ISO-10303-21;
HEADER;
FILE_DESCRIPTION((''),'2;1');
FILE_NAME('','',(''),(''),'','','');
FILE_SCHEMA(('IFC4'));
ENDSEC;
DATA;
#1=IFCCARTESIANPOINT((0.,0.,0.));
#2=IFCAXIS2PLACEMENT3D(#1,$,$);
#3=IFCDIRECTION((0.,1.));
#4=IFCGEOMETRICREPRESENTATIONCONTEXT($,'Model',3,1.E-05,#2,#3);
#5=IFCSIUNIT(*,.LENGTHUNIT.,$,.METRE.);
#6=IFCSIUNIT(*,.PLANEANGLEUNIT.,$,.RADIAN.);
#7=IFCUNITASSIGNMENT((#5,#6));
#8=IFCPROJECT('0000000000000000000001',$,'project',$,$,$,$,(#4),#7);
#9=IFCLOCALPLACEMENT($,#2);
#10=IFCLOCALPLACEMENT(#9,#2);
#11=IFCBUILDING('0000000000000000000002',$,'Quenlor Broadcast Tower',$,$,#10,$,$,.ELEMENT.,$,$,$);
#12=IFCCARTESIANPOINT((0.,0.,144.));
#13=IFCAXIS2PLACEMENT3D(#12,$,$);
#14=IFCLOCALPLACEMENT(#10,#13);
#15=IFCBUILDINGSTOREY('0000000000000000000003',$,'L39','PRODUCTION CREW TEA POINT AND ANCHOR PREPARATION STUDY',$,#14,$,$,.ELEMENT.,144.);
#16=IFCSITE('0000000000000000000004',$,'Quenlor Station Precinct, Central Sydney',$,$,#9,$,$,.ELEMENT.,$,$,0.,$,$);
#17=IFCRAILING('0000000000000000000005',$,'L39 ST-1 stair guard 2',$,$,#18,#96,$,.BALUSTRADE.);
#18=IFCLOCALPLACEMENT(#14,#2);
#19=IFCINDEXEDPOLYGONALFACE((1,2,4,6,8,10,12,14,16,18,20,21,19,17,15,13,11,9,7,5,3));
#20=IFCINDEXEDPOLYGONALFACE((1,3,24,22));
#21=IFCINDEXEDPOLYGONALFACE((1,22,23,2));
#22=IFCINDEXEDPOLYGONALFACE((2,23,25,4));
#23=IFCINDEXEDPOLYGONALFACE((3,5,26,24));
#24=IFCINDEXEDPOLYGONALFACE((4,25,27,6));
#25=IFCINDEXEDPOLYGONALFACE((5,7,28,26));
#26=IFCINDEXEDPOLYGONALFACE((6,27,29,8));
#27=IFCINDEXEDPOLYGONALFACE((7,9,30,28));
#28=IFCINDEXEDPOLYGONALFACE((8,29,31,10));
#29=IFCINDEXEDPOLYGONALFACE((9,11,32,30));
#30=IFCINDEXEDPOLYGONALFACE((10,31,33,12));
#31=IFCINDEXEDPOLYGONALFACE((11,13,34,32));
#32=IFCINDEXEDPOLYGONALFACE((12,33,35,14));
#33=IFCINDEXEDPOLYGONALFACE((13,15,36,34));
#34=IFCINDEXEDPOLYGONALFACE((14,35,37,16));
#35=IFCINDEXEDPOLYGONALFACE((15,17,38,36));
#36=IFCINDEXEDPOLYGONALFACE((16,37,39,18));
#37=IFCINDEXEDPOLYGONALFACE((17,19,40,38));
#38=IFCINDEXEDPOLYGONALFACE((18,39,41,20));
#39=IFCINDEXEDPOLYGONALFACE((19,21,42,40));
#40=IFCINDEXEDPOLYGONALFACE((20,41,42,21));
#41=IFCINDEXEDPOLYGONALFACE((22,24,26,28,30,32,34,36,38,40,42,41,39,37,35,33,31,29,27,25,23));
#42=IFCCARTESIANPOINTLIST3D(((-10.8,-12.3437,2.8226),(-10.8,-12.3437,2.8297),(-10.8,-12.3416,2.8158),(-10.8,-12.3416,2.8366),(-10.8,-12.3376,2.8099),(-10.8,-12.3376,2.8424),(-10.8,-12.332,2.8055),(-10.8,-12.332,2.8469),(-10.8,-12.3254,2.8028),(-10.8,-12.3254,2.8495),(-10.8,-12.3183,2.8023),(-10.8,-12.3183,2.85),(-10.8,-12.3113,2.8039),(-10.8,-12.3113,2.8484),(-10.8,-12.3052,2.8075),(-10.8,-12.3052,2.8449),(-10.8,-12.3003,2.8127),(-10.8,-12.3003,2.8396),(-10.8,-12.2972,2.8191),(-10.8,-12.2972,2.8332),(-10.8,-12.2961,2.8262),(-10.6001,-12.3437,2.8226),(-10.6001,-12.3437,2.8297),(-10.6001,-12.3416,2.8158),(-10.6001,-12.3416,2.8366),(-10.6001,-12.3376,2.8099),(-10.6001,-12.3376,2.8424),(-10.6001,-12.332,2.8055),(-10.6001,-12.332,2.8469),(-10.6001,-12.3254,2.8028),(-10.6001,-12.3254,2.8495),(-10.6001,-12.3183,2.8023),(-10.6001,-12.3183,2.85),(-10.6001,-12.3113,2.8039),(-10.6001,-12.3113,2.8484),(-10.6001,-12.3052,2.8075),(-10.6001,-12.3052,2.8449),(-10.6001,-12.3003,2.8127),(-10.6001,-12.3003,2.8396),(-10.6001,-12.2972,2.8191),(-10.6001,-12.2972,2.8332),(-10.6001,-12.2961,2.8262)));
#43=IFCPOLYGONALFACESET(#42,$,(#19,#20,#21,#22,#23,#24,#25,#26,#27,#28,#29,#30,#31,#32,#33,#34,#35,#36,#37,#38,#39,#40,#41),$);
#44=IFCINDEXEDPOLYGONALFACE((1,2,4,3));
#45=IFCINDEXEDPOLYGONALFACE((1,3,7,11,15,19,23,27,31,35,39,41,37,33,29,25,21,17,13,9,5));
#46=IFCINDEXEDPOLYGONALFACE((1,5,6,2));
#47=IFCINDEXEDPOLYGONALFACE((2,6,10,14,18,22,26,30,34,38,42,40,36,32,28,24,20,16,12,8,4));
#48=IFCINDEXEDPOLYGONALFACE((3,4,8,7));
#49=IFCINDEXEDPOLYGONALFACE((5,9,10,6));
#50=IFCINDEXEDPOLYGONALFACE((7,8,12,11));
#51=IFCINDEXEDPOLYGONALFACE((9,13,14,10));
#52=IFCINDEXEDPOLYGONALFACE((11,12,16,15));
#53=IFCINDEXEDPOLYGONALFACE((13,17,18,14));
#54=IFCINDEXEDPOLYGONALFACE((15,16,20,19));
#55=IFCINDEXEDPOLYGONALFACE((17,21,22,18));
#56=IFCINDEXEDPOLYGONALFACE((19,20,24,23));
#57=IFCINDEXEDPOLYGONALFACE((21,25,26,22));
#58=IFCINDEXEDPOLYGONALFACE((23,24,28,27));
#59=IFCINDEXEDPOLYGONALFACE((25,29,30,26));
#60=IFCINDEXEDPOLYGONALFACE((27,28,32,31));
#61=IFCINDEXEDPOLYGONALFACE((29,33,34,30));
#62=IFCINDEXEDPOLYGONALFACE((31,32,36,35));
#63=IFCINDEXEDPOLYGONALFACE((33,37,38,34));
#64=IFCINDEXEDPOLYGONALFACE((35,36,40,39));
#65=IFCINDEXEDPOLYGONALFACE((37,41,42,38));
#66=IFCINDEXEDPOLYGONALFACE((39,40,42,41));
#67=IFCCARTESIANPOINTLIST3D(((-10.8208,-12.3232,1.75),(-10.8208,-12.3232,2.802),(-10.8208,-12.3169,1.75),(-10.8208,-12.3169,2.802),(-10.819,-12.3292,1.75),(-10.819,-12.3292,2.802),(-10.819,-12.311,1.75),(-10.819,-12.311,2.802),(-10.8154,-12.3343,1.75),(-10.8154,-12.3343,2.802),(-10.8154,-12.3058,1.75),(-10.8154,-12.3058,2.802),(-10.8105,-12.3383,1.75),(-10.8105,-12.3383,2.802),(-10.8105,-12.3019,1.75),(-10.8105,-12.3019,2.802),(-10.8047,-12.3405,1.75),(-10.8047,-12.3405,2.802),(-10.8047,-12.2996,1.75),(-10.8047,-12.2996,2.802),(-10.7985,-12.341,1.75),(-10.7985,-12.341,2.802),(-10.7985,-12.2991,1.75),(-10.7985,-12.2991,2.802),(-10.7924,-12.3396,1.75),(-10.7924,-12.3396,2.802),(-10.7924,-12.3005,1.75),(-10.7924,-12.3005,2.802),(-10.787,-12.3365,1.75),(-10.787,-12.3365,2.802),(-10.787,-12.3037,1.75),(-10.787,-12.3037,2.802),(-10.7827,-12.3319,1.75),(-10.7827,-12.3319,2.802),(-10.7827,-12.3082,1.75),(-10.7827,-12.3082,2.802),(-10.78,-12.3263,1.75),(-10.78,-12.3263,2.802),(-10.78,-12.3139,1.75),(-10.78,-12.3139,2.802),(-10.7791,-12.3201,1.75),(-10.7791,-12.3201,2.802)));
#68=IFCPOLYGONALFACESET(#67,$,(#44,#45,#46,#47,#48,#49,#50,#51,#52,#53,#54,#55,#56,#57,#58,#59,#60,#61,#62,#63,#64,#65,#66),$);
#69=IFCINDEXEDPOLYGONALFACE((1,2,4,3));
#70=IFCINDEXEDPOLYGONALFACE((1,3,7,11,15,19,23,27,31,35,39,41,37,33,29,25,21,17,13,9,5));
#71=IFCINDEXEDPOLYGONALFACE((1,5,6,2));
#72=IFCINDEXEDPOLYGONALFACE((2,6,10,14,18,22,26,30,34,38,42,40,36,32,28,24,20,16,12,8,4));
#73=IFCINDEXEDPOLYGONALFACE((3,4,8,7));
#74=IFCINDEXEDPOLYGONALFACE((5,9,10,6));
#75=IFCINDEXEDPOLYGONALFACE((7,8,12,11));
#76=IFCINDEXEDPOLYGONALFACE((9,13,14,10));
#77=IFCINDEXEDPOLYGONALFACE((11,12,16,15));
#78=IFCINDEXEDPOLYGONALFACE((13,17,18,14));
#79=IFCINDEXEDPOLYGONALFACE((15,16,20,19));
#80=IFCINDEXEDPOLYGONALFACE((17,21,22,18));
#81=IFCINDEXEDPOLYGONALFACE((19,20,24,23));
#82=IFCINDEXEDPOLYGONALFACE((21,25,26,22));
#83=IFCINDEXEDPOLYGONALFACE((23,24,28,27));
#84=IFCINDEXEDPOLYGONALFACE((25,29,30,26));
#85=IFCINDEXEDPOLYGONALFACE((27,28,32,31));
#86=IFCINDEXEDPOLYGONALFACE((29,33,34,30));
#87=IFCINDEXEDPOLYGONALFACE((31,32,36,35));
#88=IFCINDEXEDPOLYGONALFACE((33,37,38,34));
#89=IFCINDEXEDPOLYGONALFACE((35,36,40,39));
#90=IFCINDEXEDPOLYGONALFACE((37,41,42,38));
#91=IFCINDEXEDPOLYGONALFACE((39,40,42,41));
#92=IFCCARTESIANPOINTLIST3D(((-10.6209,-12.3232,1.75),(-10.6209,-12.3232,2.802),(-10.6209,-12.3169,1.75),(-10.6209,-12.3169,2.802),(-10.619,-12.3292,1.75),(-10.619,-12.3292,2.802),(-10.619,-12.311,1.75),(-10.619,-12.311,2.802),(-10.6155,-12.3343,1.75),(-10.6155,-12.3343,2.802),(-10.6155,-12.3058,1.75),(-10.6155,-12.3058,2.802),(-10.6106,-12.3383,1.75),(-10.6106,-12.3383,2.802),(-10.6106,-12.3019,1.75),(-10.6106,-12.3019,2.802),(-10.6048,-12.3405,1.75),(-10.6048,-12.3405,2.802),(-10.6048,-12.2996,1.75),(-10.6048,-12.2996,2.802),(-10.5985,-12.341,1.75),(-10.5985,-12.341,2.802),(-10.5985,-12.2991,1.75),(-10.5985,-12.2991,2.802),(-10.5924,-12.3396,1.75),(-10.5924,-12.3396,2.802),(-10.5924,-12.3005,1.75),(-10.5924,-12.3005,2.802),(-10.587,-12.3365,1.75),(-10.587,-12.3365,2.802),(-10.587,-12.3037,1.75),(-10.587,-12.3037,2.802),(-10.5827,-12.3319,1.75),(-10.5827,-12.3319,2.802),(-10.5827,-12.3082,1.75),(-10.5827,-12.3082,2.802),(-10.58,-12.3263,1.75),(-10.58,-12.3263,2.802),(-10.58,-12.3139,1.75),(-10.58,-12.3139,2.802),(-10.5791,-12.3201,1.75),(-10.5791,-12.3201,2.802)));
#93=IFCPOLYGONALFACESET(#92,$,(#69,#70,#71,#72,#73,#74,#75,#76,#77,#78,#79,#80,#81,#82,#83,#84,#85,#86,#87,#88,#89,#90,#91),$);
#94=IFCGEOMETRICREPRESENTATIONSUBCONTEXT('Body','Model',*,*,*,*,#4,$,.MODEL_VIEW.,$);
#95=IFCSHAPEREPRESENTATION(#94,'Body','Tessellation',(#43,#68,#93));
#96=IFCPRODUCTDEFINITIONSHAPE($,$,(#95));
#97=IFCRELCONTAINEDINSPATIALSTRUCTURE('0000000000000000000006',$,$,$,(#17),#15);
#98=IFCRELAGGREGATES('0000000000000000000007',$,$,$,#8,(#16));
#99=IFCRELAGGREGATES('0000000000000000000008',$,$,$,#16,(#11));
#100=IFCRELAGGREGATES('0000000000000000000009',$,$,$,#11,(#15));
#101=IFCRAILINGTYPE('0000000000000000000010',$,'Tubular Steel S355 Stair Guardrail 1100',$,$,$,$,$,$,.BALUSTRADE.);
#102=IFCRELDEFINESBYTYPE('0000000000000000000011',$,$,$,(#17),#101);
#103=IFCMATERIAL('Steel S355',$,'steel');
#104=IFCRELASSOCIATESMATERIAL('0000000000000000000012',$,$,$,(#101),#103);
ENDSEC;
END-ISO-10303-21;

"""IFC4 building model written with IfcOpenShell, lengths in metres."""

from ifc_helpers import new_model, si_unit, direction, frame, origin, origin_2d, place, context, subcontext, project, spatial, circle, extrude, material, type_object, element, save


model = new_model("IFC4")

# Units and contexts
model_context = context("Model", 3, precision=1e-05, world=origin(), true_north=direction((0.0, 1.0)))
body_context = subcontext(model_context, "Body", "Model", "MODEL_VIEW")
ifc_project = project(units=[si_unit("LENGTHUNIT", "METRE"), si_unit("PLANEANGLEUNIT", "RADIAN")], contexts=[model_context])

# Site, building, storey
site_placement = place(None, origin())
site = spatial("IfcSite", under=ifc_project, at=site_placement, Name="Quenlor Station Precinct, Central Sydney", CompositionType="ELEMENT", RefElevation=0.0)
building_placement = place(site_placement, origin())
building = spatial("IfcBuilding", under=site, at=building_placement, Name="Quenlor Broadcast Tower", CompositionType="ELEMENT")
storey_placement = place(building_placement, frame((0.0, 0.0, 144.0)))
storey = spatial("IfcBuildingStorey", under=building, at=storey_placement, Name="L39", Description="PRODUCTION CREW TEA POINT AND ANCHOR PREPARATION STUDY", CompositionType="ELEMENT", Elevation=144.0)

# Railing
ifc_material_1 = material(Name="Steel S355", Category="steel")
railing_type_1 = type_object("IfcRailingType", Name="Tubular Steel S355 Stair Guardrail 1100", PredefinedType="BALUSTRADE", material=ifc_material_1)
railing_1_placement = place(storey_placement, frame((-10.8, -12.3201, 1.75)))
element("IfcRailing", 1, at=railing_1_placement, inside=storey, type_object=railing_type_1, Name="L39 ST-1 stair guard 2", PredefinedType="BALUSTRADE", context=body_context, shape_type="SweptSolid", body=[
    extrude(circle(Radius=0.0239, at=origin_2d()), frame((0.0, 0.0, 1.0762), z_axis=(1.0, 0.0, 0.0), x_axis=(0.0, 1.0, 0.0)), (0.0, 0.0, 1.0), 0.2),
    extrude(circle(Radius=0.021, at=origin_2d()), origin(), (0.0, 0.0, 1.0), 1.052),
    extrude(circle(Radius=0.021, at=origin_2d()), frame((0.2, 0.0, 0.0)), (0.0, 0.0, 1.0), 1.052),
])

save(model, "model.ifc")
